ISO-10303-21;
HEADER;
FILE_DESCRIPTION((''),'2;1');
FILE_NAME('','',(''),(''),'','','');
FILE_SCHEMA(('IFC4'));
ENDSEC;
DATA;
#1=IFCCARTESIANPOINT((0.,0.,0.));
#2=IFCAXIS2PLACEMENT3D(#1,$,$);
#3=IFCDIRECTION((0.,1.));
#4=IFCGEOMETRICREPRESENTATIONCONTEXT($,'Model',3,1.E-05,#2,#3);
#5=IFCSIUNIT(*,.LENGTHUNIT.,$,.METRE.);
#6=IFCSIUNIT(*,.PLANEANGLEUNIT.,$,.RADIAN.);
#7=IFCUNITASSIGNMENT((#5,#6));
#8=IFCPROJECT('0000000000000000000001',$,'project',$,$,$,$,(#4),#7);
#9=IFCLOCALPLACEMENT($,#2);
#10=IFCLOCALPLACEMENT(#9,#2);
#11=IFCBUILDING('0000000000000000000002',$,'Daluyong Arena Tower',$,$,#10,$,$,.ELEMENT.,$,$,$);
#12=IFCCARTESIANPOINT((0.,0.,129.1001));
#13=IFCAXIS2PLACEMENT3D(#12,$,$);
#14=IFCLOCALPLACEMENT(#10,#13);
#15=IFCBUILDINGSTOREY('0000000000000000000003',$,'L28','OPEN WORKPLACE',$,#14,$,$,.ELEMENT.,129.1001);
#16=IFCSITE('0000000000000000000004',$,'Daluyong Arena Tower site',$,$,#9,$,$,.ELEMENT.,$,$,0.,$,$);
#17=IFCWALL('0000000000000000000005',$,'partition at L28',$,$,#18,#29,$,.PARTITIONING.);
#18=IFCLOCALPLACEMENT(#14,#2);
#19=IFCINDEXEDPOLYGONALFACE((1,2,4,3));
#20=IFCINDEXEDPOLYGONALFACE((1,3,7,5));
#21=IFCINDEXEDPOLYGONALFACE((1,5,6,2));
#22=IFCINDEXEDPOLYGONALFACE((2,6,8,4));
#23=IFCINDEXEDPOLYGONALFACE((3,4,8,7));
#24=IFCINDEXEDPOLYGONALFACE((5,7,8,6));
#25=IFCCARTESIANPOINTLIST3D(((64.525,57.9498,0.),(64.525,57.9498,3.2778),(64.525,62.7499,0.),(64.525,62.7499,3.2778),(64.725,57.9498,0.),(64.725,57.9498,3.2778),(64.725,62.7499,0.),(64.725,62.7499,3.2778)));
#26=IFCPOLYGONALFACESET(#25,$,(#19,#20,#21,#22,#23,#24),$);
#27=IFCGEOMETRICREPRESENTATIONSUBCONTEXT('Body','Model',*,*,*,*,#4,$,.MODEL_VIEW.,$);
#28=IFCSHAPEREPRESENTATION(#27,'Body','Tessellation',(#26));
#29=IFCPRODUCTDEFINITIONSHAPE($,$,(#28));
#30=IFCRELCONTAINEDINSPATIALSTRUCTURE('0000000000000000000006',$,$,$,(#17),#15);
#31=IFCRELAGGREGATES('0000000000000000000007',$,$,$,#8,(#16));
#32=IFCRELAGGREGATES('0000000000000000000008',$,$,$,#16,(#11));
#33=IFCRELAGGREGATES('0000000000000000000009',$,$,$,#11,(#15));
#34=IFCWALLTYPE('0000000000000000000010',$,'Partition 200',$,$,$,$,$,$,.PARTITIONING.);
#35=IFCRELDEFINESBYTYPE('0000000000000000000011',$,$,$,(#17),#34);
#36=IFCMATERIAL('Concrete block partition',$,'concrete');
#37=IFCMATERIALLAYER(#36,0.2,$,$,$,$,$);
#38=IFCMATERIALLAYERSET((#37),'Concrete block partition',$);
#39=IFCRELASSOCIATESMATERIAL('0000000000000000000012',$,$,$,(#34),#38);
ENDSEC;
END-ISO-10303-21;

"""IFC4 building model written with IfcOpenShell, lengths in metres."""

from ifc_helpers import new_model, si_unit, direction, frame, frame_2d, origin, place, context, subcontext, project, spatial, rectangle, extrude, material, layer, layer_set, type_object, element, save


model = new_model("IFC4")

# Units and contexts
model_context = context("Model", 3, precision=1e-05, world=origin(), true_north=direction((0.0, 1.0)))
body_context = subcontext(model_context, "Body", "Model", "MODEL_VIEW")
ifc_project = project(units=[si_unit("LENGTHUNIT", "METRE"), si_unit("PLANEANGLEUNIT", "RADIAN")], contexts=[model_context])

# Site, building, storey
site_placement = place(None, origin())
site = spatial("IfcSite", under=ifc_project, at=site_placement, Name="Daluyong Arena Tower site", CompositionType="ELEMENT", RefElevation=0.0)
building_placement = place(site_placement, origin())
building = spatial("IfcBuilding", under=site, at=building_placement, Name="Daluyong Arena Tower", CompositionType="ELEMENT")
storey_placement = place(building_placement, frame((0.0, 0.0, 129.1001)))
storey = spatial("IfcBuildingStorey", under=building, at=storey_placement, Name="L28", Description="OPEN WORKPLACE", CompositionType="ELEMENT", Elevation=129.1001)

# Wall
ifc_material_1 = material(Name="Concrete block partition", Category="concrete")
ifc_layer_1 = layer(ifc_material_1, 0.2)
ifc_layer_set_1 = layer_set([ifc_layer_1], Name="Concrete block partition")
wall_type_1 = type_object("IfcWallType", Name="Partition 200", PredefinedType="PARTITIONING", material=ifc_layer_set_1)
wall_1_placement = place(storey_placement, frame((64.625, 57.95, 0.0), z_axis=(0.0, 0.0, 1.0), x_axis=(0.0, 1.0, 0.0)))
element("IfcWall", 1, at=wall_1_placement, inside=storey, type_object=wall_type_1, Name="partition at L28", PredefinedType="PARTITIONING", context=body_context, shape_type="SweptSolid", body=[
    extrude(rectangle(XDim=4.8, YDim=0.2, at=frame_2d((2.3999, 0.0))), origin(), (0.0, 0.0, 1.0), 3.2778),
])

save(model, "model.ifc")
